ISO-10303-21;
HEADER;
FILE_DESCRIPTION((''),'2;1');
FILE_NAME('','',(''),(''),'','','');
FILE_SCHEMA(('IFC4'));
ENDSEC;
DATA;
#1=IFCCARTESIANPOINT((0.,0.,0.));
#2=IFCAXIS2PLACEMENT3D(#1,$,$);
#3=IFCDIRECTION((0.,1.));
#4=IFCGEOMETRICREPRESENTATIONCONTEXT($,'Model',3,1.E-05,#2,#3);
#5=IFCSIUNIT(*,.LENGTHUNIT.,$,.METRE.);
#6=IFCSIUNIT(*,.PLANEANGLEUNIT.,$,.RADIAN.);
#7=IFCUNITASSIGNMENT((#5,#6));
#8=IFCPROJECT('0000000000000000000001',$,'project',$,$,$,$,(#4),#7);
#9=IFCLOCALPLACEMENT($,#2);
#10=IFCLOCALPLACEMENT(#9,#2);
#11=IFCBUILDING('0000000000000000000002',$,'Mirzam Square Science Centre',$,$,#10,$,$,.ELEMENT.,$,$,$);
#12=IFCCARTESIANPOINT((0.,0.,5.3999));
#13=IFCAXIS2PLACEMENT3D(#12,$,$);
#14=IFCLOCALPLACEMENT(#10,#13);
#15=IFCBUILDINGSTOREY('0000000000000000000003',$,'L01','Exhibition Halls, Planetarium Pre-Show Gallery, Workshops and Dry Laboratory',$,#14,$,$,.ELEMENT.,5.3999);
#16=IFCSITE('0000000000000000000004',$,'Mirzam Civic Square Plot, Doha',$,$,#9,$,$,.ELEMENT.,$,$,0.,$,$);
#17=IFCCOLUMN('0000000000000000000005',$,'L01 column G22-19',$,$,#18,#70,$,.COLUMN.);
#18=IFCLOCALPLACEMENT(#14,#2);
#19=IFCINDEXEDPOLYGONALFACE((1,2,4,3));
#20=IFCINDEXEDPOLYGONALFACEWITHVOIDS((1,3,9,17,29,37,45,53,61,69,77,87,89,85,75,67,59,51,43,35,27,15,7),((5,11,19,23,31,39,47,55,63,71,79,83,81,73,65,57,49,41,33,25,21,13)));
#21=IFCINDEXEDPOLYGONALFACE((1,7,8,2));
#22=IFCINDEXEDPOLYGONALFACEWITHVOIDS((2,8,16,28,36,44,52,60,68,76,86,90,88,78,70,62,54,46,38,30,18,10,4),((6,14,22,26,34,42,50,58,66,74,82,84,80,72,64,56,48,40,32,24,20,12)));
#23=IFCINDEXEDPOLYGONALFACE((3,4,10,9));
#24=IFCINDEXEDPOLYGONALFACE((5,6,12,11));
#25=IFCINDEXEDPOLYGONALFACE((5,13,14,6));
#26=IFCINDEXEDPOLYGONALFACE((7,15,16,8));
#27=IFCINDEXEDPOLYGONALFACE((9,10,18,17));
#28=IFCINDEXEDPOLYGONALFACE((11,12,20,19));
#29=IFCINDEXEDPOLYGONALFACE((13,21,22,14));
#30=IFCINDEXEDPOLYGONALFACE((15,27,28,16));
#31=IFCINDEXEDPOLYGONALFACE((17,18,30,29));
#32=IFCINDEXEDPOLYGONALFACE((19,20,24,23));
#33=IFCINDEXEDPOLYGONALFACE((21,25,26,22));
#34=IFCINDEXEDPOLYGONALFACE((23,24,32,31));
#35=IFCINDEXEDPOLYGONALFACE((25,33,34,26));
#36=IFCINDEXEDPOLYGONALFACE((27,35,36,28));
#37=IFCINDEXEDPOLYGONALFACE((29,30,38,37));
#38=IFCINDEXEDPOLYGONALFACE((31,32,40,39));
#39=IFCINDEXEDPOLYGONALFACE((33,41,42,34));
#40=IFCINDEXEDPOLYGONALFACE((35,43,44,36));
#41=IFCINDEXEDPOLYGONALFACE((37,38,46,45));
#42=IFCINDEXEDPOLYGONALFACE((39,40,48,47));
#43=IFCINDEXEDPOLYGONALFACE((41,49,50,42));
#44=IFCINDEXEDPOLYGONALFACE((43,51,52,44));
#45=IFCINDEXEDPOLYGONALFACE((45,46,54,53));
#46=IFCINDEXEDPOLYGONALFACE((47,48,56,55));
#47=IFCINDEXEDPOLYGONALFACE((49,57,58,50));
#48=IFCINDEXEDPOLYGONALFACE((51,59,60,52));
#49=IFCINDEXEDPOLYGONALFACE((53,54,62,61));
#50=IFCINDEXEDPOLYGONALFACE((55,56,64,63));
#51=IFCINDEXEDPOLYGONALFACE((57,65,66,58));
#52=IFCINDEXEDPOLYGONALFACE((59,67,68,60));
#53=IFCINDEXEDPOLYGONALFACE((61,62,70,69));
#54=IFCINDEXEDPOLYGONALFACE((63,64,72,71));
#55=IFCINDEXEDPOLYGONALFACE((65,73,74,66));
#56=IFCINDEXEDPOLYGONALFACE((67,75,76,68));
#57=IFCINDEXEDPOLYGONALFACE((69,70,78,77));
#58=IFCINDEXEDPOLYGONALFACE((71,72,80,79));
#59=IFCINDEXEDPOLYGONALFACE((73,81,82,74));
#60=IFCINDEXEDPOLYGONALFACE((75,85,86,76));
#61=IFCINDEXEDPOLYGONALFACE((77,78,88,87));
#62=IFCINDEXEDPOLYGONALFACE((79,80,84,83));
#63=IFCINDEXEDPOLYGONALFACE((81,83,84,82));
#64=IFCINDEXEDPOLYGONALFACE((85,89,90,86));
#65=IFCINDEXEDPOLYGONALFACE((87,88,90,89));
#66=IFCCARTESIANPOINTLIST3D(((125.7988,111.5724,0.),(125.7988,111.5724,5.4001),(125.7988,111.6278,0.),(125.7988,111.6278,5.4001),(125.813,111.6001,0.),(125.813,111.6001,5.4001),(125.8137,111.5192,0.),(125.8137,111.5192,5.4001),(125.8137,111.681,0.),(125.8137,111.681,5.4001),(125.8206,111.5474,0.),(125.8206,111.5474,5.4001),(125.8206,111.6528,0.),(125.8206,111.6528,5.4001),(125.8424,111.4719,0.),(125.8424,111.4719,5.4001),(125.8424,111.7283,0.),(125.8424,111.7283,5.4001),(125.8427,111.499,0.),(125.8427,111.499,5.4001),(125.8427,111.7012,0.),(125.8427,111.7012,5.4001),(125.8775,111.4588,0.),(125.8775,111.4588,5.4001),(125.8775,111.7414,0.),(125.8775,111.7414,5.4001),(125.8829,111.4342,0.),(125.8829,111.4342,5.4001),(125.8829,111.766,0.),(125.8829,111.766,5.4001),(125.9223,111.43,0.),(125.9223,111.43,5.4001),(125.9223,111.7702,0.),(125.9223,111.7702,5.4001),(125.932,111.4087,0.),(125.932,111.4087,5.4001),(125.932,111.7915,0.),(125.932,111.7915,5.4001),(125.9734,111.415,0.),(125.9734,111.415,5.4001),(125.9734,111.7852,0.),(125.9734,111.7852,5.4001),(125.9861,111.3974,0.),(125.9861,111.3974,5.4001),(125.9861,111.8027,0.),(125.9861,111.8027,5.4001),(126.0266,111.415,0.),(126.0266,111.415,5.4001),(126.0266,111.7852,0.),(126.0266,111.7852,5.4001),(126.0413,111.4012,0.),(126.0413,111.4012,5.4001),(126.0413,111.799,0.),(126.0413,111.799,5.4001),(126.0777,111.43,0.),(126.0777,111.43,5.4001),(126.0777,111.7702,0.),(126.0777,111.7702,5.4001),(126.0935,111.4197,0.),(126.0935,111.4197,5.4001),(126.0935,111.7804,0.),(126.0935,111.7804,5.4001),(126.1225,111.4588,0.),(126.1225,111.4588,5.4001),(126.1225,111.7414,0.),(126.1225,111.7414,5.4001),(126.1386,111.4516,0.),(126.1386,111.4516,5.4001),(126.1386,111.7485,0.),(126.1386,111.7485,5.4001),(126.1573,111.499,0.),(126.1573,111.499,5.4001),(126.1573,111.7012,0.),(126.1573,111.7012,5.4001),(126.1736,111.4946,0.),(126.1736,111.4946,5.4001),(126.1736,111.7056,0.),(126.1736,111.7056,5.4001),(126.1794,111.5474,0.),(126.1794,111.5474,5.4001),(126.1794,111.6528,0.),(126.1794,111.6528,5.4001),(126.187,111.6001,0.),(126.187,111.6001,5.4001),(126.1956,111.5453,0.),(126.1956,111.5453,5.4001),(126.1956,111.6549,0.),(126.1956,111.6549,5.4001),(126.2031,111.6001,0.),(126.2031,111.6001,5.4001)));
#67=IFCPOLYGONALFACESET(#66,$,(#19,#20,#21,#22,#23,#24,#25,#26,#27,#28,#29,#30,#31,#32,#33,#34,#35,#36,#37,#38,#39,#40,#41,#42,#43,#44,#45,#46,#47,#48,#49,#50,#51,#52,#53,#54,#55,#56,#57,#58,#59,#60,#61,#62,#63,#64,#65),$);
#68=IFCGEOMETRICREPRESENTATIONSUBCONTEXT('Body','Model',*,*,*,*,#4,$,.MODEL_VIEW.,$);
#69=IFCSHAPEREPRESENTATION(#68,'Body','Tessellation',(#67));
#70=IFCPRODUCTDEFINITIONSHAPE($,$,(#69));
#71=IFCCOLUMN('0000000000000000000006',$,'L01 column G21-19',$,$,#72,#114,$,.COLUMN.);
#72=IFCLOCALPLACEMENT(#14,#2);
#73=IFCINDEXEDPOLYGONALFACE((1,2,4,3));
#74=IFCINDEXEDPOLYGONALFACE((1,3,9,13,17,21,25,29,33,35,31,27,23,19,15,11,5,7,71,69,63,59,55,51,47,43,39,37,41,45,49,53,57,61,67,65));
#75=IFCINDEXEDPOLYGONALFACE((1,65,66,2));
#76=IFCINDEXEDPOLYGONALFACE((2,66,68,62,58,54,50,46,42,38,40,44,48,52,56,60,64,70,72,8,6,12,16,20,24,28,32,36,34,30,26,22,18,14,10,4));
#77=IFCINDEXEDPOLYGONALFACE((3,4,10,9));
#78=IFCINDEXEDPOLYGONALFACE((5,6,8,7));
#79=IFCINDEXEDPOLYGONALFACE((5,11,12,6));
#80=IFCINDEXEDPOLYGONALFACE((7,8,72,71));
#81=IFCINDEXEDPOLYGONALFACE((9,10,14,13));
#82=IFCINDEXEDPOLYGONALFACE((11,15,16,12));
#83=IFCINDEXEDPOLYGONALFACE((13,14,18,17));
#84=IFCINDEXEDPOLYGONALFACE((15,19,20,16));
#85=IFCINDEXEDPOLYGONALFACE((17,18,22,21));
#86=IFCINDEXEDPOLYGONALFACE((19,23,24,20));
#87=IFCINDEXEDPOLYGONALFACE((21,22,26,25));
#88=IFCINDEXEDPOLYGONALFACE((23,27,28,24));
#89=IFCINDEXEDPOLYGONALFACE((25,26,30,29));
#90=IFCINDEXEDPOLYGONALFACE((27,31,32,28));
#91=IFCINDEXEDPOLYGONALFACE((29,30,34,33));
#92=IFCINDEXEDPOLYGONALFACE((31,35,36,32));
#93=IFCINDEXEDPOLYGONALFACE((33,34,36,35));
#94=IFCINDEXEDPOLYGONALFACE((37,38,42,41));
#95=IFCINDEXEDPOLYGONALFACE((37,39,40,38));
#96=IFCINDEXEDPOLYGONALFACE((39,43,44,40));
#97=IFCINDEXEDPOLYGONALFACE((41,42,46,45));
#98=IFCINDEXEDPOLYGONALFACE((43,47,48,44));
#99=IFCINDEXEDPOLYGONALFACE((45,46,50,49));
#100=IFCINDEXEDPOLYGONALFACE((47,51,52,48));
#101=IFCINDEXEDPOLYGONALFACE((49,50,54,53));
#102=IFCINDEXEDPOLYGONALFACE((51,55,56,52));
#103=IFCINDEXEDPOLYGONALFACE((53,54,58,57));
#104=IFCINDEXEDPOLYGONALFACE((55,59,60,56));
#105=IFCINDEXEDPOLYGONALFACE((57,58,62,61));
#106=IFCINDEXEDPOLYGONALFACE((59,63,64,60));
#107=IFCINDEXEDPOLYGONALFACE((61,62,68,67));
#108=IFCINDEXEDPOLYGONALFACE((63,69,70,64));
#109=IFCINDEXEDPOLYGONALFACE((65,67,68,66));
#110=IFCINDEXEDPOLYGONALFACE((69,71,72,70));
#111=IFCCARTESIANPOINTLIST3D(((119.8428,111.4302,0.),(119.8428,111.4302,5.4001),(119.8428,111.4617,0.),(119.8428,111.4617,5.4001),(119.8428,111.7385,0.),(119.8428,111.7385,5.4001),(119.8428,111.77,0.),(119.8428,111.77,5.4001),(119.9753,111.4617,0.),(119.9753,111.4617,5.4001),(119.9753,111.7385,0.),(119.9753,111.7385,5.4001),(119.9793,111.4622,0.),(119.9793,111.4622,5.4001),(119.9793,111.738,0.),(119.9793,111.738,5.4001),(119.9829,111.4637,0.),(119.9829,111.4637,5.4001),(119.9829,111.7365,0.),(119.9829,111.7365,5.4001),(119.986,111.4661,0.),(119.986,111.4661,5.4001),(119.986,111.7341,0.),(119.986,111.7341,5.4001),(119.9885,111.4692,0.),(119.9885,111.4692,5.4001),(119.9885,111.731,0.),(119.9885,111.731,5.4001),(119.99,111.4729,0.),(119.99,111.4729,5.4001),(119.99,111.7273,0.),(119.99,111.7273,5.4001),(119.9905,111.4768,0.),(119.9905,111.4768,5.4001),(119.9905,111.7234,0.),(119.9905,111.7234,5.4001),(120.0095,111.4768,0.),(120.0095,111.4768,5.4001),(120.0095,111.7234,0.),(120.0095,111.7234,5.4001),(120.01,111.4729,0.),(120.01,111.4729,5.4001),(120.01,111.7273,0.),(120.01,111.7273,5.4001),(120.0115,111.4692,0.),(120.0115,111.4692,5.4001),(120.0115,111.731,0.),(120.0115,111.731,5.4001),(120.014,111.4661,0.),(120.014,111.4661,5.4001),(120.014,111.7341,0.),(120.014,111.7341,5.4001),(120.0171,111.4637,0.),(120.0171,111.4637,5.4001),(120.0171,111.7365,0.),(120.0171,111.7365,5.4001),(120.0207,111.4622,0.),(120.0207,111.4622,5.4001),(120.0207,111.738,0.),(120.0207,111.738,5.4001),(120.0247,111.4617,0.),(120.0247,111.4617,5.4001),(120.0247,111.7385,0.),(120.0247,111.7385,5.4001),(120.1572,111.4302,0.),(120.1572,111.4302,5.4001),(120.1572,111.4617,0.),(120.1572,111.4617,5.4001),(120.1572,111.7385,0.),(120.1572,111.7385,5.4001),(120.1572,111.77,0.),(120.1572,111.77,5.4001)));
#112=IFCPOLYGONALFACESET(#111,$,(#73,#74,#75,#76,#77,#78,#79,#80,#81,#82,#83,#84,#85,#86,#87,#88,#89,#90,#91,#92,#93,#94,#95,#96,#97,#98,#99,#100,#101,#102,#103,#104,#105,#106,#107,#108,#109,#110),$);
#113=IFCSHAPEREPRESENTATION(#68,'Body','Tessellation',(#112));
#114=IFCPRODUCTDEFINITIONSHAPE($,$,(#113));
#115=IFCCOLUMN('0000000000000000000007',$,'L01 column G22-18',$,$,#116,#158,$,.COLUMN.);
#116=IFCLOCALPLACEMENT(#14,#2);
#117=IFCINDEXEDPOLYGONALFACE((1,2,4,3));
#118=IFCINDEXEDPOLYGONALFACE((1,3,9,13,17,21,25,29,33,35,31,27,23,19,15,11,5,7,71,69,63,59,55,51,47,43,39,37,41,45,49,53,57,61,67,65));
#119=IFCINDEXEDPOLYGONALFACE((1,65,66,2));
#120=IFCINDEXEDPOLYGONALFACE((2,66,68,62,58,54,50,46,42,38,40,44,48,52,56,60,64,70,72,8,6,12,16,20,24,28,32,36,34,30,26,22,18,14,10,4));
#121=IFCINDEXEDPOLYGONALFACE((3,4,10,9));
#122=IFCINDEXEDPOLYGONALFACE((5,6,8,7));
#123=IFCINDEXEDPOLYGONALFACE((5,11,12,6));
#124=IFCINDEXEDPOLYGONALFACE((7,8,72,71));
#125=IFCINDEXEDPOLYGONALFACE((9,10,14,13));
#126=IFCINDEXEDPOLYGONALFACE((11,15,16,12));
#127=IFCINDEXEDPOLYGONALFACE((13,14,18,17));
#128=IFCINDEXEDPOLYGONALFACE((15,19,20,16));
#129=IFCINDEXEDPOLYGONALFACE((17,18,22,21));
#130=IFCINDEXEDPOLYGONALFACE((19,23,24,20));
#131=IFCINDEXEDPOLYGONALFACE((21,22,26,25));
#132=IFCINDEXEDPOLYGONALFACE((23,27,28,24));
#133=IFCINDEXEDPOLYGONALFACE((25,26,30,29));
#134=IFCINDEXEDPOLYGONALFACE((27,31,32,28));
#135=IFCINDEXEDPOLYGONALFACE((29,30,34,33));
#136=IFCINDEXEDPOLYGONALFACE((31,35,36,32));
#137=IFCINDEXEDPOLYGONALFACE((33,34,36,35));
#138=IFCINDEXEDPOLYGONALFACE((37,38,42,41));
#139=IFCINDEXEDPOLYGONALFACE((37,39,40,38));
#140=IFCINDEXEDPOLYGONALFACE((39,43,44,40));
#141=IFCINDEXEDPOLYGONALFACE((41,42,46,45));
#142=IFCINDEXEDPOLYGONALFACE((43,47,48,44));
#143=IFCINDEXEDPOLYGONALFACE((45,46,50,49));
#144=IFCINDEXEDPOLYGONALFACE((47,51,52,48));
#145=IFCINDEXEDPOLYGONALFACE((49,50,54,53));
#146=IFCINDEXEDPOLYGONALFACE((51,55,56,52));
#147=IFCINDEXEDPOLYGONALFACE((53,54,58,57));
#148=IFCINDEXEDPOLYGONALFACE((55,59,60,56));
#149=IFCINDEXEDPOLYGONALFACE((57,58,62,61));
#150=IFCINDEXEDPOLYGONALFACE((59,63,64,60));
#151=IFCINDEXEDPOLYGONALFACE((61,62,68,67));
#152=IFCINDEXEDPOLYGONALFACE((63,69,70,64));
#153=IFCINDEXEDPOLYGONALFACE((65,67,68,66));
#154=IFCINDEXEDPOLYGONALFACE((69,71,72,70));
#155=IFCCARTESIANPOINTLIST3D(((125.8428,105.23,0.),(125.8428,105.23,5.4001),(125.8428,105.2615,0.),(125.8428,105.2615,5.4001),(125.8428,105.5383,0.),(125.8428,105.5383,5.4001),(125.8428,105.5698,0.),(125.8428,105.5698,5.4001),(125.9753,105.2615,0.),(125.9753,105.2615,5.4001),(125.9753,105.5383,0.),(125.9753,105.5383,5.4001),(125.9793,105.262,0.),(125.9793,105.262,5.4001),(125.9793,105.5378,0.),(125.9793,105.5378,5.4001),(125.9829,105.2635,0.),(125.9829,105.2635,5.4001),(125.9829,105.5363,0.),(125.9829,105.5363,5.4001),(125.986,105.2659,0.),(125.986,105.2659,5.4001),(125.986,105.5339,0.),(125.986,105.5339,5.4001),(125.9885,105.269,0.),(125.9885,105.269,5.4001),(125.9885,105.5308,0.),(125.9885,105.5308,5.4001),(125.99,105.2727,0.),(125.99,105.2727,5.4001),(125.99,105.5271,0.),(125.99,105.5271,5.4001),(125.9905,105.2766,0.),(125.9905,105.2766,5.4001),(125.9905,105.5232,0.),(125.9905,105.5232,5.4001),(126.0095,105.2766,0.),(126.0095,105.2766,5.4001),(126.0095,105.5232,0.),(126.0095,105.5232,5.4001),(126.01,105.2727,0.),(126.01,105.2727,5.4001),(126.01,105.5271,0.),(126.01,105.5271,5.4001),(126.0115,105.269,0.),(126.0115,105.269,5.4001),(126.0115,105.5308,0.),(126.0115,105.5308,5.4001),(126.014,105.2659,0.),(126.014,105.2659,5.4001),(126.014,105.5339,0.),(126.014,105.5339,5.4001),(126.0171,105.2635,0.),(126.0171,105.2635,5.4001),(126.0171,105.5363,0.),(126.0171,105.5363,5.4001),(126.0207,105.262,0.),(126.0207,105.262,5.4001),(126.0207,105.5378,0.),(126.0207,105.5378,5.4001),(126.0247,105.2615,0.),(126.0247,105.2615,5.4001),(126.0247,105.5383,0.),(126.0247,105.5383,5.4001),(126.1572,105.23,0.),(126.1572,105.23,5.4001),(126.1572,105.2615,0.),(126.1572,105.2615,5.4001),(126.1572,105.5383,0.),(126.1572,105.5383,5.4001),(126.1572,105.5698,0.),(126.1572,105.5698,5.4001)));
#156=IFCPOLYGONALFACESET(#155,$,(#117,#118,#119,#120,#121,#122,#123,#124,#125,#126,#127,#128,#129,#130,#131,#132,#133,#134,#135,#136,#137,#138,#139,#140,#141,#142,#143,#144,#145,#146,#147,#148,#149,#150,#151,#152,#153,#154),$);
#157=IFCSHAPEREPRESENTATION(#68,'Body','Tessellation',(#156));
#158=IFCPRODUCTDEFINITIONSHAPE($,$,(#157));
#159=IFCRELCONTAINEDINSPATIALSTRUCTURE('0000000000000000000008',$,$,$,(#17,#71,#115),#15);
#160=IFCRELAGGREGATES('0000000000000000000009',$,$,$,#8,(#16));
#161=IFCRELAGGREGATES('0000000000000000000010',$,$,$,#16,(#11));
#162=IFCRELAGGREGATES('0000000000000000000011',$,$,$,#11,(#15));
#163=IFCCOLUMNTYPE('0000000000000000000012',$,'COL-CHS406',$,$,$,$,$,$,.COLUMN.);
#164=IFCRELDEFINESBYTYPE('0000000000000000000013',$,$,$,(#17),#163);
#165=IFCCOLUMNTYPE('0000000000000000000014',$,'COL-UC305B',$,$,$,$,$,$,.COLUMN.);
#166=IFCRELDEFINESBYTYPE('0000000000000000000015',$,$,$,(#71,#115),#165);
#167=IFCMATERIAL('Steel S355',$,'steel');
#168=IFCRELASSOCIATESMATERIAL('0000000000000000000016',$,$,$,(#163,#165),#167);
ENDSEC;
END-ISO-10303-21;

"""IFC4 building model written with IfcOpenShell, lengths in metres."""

from ifc_helpers import new_model, si_unit, direction, frame, origin, origin_2d, place, context, subcontext, project, spatial, hollow_circle, i_section, extrude, material, material_profile, profile_set, type_object, element, save


model = new_model("IFC4")

# Units and contexts
model_context = context("Model", 3, precision=1e-05, world=origin(), true_north=direction((0.0, 1.0)))
body_context = subcontext(model_context, "Body", "Model", "MODEL_VIEW")
ifc_project = project(units=[si_unit("LENGTHUNIT", "METRE"), si_unit("PLANEANGLEUNIT", "RADIAN")], contexts=[model_context])

# Site, building, storey
site_placement = place(None, origin())
site = spatial("IfcSite", under=ifc_project, at=site_placement, Name="Mirzam Civic Square Plot, Doha", CompositionType="ELEMENT", RefElevation=0.0)
building_placement = place(site_placement, origin())
building = spatial("IfcBuilding", under=site, at=building_placement, Name="Mirzam Square Science Centre", CompositionType="ELEMENT")
storey_placement = place(building_placement, frame((0.0, 0.0, 5.3999)))
storey = spatial("IfcBuildingStorey", under=building, at=storey_placement, Name="L01", Description="Exhibition Halls, Planetarium Pre-Show Gallery, Workshops and Dry Laboratory", CompositionType="ELEMENT", Elevation=5.3999)

# Columns
ifc_material_1 = material(Name="Steel S355", Category="steel")
ifc_material_profile_1 = material_profile(ifc_material_1, hollow_circle(Radius=0.2031, WallThickness=0.0161, at=origin_2d()), Name="406.4x16.0CHS")
ifc_profile_set_1 = profile_set([ifc_material_profile_1], Name="Steel S355")
column_type_1 = type_object("IfcColumnType", Name="COL-CHS406", PredefinedType="COLUMN", material=ifc_profile_set_1)
column_1_placement = place(storey_placement, frame((126.0, 111.6001, 0.0), z_axis=(0.0, 0.0, 1.0), x_axis=(1.0, 0.0, 0.0)))
element("IfcColumn", 1, at=column_1_placement, inside=storey, type_object=column_type_1, Name="L01 column G22-19", PredefinedType="COLUMN", context=body_context, shape_type="SweptSolid", body=[
    extrude(hollow_circle(Radius=0.2031, WallThickness=0.0161, at=origin_2d()), origin(), (0.0, 0.0, 1.0), 5.4001),
])
ifc_material_profile_2 = material_profile(ifc_material_1, i_section(OverallWidth=0.3145, OverallDepth=0.3398, WebThickness=0.019, FlangeThickness=0.0315, FilletRadius=0.0151, at=origin_2d()), Name="305x305x198UC")
ifc_profile_set_2 = profile_set([ifc_material_profile_2], Name="Steel S355")
column_type_2 = type_object("IfcColumnType", Name="COL-UC305B", PredefinedType="COLUMN", material=ifc_profile_set_2)
for number, where, z_axis, x_axis, name in (
    (2, (120.0, 111.6001, 0.0), (0.0, 0.0, 1.0), (1.0, 0.0, 0.0), "L01 column G21-19"),
    (3, (126.0, 105.3999, 0.0), (0.0, 0.0, 1.0), (1.0, 0.0, 0.0), "L01 column G22-18"),
):
    element("IfcColumn", number, at=place(storey_placement, frame(where, z_axis=z_axis, x_axis=x_axis)), inside=storey, type_object=column_type_2, Name=name, PredefinedType="COLUMN", context=body_context, shape_type="SweptSolid", body=[
        extrude(i_section(OverallWidth=0.3145, OverallDepth=0.3398, WebThickness=0.019, FlangeThickness=0.0315, FilletRadius=0.0151, at=origin_2d()), origin(), (0.0, 0.0, 1.0), 5.4001),
    ])

save(model, "model.ifc")
